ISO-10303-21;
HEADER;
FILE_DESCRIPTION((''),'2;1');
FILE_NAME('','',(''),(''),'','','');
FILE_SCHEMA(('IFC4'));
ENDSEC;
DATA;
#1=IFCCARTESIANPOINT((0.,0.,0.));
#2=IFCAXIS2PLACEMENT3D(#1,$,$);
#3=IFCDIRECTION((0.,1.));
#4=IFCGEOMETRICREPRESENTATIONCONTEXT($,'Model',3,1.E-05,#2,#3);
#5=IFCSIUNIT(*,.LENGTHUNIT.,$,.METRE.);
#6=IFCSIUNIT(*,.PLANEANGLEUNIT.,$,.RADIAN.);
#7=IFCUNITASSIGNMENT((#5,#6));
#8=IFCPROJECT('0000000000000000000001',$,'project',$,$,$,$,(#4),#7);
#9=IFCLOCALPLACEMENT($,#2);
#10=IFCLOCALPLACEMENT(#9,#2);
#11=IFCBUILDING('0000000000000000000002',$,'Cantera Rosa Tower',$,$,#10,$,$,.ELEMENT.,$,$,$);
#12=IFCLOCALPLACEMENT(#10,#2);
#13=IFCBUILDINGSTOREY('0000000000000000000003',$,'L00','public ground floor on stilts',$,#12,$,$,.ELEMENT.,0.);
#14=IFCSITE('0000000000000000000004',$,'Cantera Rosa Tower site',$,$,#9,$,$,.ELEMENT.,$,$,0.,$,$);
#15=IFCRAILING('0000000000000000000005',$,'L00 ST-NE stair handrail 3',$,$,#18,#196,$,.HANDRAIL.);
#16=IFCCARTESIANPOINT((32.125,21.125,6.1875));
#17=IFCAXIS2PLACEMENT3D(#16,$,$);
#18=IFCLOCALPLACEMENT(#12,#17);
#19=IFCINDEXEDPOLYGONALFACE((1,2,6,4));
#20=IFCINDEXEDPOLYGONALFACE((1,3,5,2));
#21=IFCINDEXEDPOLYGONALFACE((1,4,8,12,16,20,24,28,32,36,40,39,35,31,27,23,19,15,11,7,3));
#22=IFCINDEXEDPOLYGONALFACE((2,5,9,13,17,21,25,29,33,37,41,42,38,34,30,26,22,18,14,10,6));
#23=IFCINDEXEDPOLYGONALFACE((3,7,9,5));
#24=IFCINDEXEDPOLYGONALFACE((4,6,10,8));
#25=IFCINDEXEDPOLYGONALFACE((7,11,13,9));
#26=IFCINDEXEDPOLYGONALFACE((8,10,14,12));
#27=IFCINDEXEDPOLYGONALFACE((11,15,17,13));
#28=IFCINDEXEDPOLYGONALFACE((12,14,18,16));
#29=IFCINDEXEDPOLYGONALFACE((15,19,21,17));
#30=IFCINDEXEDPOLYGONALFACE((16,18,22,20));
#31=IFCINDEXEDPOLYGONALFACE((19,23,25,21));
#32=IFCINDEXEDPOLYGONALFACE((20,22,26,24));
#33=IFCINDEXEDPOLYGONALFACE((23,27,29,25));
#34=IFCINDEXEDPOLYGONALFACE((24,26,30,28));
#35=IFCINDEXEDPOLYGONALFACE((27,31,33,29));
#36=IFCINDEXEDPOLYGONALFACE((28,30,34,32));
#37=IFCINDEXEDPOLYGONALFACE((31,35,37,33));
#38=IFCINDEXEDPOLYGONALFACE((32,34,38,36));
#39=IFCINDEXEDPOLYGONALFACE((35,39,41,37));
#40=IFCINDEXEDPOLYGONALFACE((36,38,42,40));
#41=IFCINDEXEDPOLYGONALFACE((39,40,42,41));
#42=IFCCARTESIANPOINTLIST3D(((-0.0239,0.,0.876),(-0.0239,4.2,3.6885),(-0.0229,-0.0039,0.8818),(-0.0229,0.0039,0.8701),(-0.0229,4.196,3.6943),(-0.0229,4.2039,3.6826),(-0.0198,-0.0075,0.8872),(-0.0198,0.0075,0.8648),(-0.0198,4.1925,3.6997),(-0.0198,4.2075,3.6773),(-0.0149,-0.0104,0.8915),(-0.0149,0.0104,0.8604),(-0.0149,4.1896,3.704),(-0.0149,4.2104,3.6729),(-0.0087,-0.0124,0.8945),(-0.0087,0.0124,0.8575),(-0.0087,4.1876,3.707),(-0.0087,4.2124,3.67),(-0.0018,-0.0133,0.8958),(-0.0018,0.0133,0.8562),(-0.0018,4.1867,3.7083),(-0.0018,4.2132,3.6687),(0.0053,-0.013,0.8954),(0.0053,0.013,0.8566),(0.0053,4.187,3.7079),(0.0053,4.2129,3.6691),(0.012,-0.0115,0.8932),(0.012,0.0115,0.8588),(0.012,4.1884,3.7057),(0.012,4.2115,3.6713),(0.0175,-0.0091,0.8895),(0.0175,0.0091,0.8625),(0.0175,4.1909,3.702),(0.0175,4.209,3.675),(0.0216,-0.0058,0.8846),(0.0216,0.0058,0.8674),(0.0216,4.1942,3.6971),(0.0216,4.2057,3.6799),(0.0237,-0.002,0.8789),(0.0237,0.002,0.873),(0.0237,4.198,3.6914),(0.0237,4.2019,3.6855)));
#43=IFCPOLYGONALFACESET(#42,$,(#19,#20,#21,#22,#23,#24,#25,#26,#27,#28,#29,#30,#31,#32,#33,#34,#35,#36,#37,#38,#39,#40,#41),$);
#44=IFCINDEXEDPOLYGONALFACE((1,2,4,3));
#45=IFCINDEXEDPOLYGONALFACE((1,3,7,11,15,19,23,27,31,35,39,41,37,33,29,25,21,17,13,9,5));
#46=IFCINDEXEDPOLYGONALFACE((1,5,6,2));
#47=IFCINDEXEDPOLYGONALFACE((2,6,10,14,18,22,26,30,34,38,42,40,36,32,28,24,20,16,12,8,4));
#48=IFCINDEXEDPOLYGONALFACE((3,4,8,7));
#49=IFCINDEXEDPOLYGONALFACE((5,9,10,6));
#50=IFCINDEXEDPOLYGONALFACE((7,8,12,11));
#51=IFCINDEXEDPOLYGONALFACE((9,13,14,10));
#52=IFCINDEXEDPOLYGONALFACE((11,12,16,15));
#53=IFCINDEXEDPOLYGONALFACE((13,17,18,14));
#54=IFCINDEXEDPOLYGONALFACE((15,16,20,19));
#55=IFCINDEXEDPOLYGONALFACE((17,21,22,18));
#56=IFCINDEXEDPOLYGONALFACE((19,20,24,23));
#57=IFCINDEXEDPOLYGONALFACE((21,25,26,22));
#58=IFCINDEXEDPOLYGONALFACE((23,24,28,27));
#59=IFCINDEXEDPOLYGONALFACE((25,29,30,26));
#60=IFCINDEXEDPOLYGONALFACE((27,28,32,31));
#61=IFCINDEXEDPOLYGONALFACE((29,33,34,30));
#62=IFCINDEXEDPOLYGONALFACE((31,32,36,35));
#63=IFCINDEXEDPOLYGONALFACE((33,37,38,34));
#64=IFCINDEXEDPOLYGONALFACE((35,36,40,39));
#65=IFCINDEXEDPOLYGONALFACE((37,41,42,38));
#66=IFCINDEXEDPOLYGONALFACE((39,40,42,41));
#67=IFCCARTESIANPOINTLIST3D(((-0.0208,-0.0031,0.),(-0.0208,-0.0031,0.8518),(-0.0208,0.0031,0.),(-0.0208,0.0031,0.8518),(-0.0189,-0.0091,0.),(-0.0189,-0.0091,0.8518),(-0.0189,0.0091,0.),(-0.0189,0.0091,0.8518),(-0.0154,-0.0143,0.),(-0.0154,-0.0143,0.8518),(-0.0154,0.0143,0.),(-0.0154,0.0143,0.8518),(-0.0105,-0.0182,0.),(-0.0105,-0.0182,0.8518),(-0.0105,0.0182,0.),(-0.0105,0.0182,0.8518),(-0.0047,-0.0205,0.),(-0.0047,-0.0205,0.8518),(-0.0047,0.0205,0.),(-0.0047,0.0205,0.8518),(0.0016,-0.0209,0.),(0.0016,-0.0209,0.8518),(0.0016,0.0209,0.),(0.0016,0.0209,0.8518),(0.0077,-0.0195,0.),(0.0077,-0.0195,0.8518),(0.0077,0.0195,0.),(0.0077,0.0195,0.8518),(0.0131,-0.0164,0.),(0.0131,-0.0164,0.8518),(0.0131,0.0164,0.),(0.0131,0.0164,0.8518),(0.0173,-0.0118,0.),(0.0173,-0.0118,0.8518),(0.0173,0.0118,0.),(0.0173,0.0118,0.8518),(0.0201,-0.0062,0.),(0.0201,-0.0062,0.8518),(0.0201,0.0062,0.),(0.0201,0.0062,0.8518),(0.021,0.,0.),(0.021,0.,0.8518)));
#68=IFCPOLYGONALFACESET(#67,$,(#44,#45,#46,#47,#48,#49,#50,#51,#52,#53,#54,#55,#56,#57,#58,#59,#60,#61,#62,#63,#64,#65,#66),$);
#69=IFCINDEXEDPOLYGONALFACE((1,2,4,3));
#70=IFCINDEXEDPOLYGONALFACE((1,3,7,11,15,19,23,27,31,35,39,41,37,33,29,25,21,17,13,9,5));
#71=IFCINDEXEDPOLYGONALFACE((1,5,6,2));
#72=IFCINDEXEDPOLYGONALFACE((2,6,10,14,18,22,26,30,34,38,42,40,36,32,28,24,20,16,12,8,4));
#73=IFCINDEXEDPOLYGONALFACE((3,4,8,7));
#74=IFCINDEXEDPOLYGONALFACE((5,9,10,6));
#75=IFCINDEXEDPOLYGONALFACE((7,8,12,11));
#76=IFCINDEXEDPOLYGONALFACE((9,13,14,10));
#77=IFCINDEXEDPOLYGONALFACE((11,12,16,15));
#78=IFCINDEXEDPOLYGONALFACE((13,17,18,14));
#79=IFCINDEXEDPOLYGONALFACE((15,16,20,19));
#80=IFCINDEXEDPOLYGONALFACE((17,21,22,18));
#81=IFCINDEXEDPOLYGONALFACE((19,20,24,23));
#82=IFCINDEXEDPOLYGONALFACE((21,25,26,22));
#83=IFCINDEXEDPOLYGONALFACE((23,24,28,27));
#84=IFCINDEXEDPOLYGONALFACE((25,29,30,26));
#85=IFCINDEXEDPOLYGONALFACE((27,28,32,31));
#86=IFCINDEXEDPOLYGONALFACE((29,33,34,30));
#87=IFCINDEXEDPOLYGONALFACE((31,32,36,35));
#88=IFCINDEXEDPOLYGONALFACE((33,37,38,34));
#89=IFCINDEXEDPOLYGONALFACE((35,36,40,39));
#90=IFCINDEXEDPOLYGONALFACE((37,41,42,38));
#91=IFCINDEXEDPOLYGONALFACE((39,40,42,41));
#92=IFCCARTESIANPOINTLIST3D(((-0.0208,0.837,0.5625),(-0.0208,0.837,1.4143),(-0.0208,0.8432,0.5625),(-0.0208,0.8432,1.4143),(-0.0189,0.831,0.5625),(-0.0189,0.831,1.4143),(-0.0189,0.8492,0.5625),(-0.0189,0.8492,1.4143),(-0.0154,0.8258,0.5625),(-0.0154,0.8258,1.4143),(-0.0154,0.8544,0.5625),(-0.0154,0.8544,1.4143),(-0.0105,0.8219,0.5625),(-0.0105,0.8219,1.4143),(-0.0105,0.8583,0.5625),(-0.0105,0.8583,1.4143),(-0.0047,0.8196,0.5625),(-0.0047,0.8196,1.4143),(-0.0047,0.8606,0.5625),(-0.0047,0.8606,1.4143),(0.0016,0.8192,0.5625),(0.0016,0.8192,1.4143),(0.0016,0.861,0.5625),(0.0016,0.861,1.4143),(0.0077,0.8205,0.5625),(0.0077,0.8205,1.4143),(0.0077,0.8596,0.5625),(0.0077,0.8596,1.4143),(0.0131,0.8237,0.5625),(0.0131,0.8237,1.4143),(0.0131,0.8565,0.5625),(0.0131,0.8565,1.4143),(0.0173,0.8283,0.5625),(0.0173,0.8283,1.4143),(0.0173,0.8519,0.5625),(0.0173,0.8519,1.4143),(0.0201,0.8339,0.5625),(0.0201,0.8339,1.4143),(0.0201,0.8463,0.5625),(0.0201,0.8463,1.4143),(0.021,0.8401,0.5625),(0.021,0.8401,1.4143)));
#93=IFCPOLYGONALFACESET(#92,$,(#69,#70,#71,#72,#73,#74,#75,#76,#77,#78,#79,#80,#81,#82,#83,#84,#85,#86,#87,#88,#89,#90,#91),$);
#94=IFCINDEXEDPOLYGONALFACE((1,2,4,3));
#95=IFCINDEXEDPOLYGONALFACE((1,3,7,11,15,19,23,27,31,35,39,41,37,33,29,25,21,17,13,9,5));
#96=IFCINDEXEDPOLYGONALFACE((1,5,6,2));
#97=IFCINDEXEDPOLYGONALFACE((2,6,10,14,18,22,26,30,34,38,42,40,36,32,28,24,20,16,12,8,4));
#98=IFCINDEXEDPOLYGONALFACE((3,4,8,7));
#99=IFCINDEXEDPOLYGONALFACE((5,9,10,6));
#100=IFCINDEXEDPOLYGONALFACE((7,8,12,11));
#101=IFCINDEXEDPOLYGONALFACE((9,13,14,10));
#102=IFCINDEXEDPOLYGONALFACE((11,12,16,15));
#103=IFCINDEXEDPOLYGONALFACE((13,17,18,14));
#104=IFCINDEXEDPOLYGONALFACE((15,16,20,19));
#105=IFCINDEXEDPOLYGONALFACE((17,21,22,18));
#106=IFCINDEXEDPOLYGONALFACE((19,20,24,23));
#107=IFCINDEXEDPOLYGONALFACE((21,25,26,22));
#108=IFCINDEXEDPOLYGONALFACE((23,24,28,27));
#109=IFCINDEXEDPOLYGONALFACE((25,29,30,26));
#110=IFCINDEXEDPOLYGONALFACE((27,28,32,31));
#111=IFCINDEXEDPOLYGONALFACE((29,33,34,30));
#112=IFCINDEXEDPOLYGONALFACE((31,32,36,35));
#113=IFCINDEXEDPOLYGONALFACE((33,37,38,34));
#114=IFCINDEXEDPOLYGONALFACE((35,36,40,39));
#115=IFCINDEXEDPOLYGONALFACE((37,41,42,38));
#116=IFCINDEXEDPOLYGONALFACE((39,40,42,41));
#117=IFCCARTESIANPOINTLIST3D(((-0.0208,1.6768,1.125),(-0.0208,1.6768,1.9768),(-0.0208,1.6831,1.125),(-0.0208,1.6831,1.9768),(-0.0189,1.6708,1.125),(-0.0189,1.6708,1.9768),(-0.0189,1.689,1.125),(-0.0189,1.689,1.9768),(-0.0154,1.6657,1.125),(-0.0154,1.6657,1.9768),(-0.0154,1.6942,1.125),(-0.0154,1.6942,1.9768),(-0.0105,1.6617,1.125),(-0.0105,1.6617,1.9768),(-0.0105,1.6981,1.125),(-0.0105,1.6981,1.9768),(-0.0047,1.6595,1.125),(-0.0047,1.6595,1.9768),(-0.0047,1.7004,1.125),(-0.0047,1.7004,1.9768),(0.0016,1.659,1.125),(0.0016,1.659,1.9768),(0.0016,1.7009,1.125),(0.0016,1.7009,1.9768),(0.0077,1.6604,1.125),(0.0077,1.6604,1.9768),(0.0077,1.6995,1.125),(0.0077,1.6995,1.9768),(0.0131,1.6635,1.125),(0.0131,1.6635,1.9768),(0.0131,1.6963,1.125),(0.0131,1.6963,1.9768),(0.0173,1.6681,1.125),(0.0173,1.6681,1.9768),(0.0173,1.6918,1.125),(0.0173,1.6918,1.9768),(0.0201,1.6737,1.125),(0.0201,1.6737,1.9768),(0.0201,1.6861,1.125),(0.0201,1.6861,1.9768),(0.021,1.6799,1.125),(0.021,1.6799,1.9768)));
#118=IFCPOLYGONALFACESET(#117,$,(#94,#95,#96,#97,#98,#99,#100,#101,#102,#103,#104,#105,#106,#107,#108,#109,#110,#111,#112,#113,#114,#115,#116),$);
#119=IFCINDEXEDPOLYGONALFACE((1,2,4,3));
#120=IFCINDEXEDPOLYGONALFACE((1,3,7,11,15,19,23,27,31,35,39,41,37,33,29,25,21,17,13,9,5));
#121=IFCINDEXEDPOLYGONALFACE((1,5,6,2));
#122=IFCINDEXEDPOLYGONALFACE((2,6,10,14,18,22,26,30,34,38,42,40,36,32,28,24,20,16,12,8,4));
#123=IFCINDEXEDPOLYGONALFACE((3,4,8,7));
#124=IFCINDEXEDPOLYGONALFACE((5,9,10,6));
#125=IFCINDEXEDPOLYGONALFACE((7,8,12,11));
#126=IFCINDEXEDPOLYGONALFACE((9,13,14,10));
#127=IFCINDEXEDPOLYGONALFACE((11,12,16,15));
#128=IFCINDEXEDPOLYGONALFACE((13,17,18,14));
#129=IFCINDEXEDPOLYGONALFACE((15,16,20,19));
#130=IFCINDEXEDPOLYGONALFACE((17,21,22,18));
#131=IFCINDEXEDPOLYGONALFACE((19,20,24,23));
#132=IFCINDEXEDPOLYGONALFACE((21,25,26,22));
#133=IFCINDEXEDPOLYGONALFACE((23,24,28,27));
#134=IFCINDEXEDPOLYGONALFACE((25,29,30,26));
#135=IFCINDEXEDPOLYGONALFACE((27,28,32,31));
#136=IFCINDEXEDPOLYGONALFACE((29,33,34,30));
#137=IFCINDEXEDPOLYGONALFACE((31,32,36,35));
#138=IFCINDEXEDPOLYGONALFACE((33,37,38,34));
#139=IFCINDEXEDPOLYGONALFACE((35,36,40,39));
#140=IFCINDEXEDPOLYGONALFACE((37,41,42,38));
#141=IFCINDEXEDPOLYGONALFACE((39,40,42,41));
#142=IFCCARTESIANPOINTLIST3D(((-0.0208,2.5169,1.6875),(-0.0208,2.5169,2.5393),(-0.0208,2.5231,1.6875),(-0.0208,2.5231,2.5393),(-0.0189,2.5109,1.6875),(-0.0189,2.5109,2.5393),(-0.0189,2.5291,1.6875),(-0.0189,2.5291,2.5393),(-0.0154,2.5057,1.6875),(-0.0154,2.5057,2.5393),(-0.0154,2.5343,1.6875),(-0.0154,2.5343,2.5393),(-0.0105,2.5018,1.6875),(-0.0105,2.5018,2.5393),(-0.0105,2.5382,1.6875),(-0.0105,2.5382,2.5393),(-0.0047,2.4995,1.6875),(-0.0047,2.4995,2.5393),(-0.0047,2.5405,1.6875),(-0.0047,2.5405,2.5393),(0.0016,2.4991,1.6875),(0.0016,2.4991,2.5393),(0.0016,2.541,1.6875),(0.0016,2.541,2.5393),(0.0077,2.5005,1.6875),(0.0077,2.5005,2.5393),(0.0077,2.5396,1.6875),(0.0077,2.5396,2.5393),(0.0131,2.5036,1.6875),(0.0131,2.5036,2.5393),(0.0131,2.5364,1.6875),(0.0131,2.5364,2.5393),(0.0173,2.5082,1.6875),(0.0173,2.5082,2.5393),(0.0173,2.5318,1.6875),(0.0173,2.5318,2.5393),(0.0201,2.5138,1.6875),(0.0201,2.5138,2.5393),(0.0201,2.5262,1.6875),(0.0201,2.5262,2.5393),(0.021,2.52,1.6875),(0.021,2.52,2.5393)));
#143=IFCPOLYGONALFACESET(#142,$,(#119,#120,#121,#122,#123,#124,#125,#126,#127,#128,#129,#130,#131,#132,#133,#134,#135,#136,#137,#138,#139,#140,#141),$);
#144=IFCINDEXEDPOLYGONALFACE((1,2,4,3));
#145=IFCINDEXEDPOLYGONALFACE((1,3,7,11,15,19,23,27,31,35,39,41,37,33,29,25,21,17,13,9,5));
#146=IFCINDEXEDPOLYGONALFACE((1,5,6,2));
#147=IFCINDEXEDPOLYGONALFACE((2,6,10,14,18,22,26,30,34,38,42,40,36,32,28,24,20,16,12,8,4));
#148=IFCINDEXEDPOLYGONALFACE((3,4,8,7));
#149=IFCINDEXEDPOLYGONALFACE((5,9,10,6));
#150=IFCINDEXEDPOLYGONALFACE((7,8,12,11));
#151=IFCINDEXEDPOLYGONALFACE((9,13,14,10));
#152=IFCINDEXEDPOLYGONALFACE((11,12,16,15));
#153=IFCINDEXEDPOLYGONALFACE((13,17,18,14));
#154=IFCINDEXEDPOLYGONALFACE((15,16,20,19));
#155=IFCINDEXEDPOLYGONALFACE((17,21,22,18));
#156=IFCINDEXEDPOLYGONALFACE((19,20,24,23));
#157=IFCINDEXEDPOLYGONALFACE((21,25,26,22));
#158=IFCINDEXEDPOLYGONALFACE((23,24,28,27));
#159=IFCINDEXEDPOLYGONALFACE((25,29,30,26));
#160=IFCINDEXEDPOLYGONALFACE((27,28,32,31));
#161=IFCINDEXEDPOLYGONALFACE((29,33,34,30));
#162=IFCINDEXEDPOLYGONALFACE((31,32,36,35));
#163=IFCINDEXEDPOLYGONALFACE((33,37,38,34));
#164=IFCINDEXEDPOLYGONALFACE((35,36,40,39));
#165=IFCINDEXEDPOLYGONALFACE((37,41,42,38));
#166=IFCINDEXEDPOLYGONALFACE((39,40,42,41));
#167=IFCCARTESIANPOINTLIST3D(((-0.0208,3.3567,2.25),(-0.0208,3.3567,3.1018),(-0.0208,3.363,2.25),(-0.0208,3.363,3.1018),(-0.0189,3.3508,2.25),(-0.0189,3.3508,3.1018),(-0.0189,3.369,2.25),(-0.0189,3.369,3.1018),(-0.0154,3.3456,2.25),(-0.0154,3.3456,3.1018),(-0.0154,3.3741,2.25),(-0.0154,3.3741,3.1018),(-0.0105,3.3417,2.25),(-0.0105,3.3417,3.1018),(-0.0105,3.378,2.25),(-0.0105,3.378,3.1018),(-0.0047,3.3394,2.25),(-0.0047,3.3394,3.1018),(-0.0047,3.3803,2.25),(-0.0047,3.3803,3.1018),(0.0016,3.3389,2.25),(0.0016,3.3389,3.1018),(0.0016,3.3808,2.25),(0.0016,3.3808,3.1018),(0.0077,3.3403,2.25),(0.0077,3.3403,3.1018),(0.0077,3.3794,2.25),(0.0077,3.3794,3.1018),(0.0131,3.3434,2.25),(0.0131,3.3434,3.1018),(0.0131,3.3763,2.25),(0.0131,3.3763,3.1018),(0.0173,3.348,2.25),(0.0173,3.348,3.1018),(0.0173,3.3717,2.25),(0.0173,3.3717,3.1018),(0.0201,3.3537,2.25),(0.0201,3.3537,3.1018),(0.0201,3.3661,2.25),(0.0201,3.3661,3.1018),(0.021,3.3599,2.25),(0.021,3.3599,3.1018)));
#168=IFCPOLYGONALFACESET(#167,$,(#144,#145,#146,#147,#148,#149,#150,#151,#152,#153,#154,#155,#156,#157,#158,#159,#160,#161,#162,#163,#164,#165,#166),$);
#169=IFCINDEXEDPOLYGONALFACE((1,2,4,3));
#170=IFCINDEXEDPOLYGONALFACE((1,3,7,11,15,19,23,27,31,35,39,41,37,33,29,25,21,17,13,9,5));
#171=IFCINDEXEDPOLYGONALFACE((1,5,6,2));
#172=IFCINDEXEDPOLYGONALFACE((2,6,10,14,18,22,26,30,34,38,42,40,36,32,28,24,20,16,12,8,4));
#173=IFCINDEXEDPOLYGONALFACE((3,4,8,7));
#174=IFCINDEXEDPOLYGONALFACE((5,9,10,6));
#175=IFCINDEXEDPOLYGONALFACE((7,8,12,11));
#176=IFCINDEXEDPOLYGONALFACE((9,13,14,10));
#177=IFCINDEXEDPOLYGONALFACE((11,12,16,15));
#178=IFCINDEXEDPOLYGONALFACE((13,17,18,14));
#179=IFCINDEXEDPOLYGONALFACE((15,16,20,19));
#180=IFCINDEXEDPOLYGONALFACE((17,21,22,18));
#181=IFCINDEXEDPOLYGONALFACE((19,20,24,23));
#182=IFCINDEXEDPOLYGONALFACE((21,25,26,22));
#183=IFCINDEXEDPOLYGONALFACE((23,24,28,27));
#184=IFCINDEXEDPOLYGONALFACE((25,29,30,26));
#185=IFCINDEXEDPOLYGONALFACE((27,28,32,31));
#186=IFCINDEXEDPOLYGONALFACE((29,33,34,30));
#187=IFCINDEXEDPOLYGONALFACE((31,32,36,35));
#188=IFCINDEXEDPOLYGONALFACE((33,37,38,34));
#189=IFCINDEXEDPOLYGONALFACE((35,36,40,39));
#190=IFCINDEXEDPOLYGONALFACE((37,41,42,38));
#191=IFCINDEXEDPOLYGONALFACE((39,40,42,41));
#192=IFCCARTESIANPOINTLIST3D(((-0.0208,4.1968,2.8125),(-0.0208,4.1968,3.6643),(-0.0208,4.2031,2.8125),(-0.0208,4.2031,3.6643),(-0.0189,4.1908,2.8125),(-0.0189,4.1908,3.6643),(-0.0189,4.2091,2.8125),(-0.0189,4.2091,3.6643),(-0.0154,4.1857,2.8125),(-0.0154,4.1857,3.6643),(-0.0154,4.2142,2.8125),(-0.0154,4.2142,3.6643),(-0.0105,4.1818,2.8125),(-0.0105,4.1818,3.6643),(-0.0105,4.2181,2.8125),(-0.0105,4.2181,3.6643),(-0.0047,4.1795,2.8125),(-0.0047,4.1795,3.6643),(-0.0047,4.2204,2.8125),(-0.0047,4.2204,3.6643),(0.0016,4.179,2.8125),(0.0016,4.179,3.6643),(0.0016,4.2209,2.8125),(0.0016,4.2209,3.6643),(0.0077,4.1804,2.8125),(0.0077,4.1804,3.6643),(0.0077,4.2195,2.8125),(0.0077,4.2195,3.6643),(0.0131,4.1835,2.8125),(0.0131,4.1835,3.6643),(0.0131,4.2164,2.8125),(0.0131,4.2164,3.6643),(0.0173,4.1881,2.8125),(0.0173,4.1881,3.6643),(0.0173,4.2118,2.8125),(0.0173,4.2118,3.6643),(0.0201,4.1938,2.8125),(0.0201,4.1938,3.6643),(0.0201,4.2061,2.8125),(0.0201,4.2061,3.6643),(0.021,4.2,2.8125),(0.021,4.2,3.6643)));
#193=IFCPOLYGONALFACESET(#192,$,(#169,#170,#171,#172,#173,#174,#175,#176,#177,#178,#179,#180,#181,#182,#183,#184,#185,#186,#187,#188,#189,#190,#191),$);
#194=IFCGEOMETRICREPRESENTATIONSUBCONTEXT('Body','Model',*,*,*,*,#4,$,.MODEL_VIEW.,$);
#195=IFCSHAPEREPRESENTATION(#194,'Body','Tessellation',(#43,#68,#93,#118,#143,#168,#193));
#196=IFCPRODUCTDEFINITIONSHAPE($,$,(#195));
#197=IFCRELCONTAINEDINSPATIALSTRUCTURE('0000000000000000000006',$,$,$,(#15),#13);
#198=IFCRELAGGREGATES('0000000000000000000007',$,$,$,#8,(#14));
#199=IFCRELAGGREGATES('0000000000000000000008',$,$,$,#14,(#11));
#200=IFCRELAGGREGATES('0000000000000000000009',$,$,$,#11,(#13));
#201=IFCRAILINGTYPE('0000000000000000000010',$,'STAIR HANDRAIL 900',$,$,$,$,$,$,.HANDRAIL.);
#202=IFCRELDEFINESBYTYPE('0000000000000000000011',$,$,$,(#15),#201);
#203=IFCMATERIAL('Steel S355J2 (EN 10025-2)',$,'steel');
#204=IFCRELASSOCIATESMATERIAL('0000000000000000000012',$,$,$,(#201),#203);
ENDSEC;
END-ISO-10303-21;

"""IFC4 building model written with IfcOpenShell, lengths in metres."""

from ifc_helpers import new_model, si_unit, direction, frame, origin, origin_2d, place, context, subcontext, project, spatial, circle, extrude, material, type_object, element, save


model = new_model("IFC4")

# Units and contexts
model_context = context("Model", 3, precision=1e-05, world=origin(), true_north=direction((0.0, 1.0)))
body_context = subcontext(model_context, "Body", "Model", "MODEL_VIEW")
ifc_project = project(units=[si_unit("LENGTHUNIT", "METRE"), si_unit("PLANEANGLEUNIT", "RADIAN")], contexts=[model_context])

# Site, building, storey
site_placement = place(None, origin())
site = spatial("IfcSite", under=ifc_project, at=site_placement, Name="Cantera Rosa Tower site", CompositionType="ELEMENT", RefElevation=0.0)
building_placement = place(site_placement, origin())
building = spatial("IfcBuilding", under=site, at=building_placement, Name="Cantera Rosa Tower", CompositionType="ELEMENT")
storey_placement = place(building_placement, origin())
storey = spatial("IfcBuildingStorey", under=building, at=storey_placement, Name="L00", Description="public ground floor on stilts", CompositionType="ELEMENT", Elevation=0.0)

# Railing
ifc_material_1 = material(Name="Steel S355J2 (EN 10025-2)", Category="steel")
railing_type_1 = type_object("IfcRailingType", Name="STAIR HANDRAIL 900", PredefinedType="HANDRAIL", material=ifc_material_1)
for number, where, name in (
    (1, (32.125, 21.125, 6.1875), "L00 ST-NE stair handrail 3"),
):
    element("IfcRailing", number, at=place(storey_placement, frame(where)), inside=storey, type_object=railing_type_1, Name=name, PredefinedType="HANDRAIL", context=body_context, shape_type="SweptSolid", body=[
        extrude(circle(Radius=0.0239, at=origin_2d()), frame((0.0, 0.0, 0.876), z_axis=(0.0, 0.830904, 0.556416), x_axis=(-1.0, 0.0, 0.0)), (0.0, 0.0, 1.0), 5.0547),
        extrude(circle(Radius=0.021, at=origin_2d()), origin(), (0.0, 0.0, 1.0), 0.8518),
        extrude(circle(Radius=0.021, at=origin_2d()), frame((0.0, 0.8401, 0.5625)), (0.0, 0.0, 1.0), 0.8518),
        extrude(circle(Radius=0.021, at=origin_2d()), frame((0.0, 1.6799, 1.125)), (0.0, 0.0, 1.0), 0.8518),
        extrude(circle(Radius=0.021, at=origin_2d()), frame((0.0, 2.52, 1.6875)), (0.0, 0.0, 1.0), 0.8518),
        extrude(circle(Radius=0.021, at=origin_2d()), frame((0.0, 3.3599, 2.25)), (0.0, 0.0, 1.0), 0.8518),
        extrude(circle(Radius=0.021, at=origin_2d()), frame((0.0, 4.2, 2.8125)), (0.0, 0.0, 1.0), 0.8518),
    ])

save(model, "model.ifc")
